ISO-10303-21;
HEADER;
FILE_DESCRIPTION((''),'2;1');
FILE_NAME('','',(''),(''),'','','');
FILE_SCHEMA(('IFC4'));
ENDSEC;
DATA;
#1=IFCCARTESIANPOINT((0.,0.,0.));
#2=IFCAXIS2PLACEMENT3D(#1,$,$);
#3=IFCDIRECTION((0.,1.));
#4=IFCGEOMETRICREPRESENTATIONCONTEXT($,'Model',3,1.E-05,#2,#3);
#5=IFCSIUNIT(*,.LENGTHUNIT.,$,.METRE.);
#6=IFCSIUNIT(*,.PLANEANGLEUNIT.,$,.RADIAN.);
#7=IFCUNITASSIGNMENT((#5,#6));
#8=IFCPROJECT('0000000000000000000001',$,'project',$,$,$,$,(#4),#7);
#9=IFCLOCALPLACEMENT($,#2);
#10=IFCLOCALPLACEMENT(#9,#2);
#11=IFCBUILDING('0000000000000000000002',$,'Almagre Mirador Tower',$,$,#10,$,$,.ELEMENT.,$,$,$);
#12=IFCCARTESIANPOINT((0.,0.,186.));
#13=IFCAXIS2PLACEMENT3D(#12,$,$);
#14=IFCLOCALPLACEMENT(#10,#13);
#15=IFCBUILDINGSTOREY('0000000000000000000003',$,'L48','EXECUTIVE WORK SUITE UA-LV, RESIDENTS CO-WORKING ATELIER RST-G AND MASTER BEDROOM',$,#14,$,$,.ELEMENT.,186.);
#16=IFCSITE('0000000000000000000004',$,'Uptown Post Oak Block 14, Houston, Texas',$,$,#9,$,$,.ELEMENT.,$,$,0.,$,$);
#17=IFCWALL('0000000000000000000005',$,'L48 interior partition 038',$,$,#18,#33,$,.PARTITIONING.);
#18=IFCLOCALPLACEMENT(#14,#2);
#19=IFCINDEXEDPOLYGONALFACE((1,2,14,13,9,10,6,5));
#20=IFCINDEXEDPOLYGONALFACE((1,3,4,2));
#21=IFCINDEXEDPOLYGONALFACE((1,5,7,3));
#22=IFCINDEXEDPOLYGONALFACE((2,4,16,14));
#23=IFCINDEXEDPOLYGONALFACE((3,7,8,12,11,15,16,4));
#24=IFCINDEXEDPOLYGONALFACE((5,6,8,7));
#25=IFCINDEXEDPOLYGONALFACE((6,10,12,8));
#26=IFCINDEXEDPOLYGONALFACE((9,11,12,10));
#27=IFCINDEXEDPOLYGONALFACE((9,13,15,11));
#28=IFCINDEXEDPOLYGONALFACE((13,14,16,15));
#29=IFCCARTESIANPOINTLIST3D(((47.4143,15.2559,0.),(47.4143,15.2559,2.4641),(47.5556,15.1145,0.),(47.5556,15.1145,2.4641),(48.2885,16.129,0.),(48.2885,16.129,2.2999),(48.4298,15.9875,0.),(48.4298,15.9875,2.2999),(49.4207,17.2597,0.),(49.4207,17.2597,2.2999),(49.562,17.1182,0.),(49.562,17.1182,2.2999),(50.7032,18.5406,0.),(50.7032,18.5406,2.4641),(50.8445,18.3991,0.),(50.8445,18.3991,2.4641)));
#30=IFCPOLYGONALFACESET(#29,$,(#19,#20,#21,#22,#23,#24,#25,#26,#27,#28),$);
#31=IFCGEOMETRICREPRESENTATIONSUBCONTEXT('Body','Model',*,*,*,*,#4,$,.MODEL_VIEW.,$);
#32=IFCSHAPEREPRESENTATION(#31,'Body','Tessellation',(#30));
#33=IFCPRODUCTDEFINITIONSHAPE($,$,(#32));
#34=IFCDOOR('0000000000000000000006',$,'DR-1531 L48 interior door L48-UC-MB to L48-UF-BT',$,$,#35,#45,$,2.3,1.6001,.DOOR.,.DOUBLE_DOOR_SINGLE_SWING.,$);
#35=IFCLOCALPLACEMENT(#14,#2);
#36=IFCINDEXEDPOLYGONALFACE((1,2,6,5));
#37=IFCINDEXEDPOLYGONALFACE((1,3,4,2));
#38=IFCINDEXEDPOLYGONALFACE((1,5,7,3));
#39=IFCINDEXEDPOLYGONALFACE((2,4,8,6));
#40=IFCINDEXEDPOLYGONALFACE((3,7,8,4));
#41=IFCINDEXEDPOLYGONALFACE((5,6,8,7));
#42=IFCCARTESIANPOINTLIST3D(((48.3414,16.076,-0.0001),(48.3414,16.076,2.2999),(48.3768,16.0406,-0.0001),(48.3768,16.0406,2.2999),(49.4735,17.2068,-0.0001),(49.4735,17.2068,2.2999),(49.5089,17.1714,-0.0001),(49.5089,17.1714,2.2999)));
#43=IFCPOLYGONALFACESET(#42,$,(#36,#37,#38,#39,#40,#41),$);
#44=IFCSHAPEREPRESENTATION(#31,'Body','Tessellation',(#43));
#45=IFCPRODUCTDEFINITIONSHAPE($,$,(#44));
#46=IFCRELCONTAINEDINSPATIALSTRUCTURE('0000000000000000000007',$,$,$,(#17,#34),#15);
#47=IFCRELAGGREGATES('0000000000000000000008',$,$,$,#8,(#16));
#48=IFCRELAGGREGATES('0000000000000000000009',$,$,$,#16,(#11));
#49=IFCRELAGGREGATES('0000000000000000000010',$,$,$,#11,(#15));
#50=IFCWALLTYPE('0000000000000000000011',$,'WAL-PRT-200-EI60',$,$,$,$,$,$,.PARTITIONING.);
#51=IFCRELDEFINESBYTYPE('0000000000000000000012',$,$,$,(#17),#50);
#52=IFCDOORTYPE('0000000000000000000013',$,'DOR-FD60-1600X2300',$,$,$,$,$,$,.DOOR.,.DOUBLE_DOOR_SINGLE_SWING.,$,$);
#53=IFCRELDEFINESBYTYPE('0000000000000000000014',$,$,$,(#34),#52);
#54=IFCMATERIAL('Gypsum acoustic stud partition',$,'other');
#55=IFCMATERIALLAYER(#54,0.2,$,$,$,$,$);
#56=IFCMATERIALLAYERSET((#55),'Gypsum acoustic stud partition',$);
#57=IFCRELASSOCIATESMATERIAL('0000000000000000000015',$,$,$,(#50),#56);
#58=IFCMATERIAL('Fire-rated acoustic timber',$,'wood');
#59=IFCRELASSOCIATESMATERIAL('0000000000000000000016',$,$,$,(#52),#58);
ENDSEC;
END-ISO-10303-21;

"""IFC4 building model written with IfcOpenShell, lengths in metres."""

from ifc_helpers import new_model, si_unit, direction, frame, frame_2d, origin, place, context, subcontext, project, spatial, rectangle, extrude, material, layer, layer_set, type_object, element, fill, save


model = new_model("IFC4")

# Units and contexts
model_context = context("Model", 3, precision=1e-05, world=origin(), true_north=direction((0.0, 1.0)))
body_context = subcontext(model_context, "Body", "Model", "MODEL_VIEW")
ifc_project = project(units=[si_unit("LENGTHUNIT", "METRE"), si_unit("PLANEANGLEUNIT", "RADIAN")], contexts=[model_context])

# Site, building, storey
site_placement = place(None, origin())
site = spatial("IfcSite", under=ifc_project, at=site_placement, Name="Uptown Post Oak Block 14, Houston, Texas", CompositionType="ELEMENT", RefElevation=0.0)
building_placement = place(site_placement, origin())
building = spatial("IfcBuilding", under=site, at=building_placement, Name="Almagre Mirador Tower", CompositionType="ELEMENT")
storey_placement = place(building_placement, frame((0.0, 0.0, 186.0)))
storey = spatial("IfcBuildingStorey", under=building, at=storey_placement, Name="L48", Description="EXECUTIVE WORK SUITE UA-LV, RESIDENTS CO-WORKING ATELIER RST-G AND MASTER BEDROOM", CompositionType="ELEMENT", Elevation=186.0)

# Shared definitions
ifc_material_1 = material(Name="Gypsum acoustic stud partition", Category="other")
ifc_layer_1 = layer(ifc_material_1, 0.2)
ifc_layer_set_1 = layer_set([ifc_layer_1], Name="Gypsum acoustic stud partition")
wall_type_1 = type_object("IfcWallType", Name="WAL-PRT-200-EI60", PredefinedType="PARTITIONING", material=ifc_layer_set_1)

# Wall, opening, door
wall_1_placement = place(storey_placement, frame((50.7739, 18.47, 0.0), z_axis=(0.0, 0.0, 1.0), x_axis=(-0.707553, -0.70666, 0.0)))
wall_1 = element("IfcWall", 1, at=wall_1_placement, inside=storey, type_object=wall_type_1, Name="L48 interior partition 038", PredefinedType="PARTITIONING", context=body_context, shape_type="SweptSolid", body=[
    extrude(rectangle(XDim=4.6482, YDim=0.2, at=frame_2d((2.3242, 0.0))), origin(), (0.0, 0.0, 1.0), 2.4641),
])
opening_1_placement = place(wall_1_placement, frame((1.8127, 0.0, 0.0)))
opening_1 = element("IfcOpeningElement", 2, at=opening_1_placement, cuts=wall_1, PredefinedType="OPENING", context=body_context, shape_type="SweptSolid", body=[
    extrude(rectangle(XDim=1.6001, YDim=2.3, at=frame_2d((0.8, 1.1499))), frame((0.0, 0.1101, 0.0), z_axis=(0.0, -1.0, 0.0), x_axis=(1.0, 0.0, 0.0)), (0.0, 0.0, 1.0), 0.22),
])
ifc_material_2 = material(Name="Fire-rated acoustic timber", Category="wood")
door_type_1 = type_object("IfcDoorType", Name="DOR-FD60-1600X2300", OperationType="DOUBLE_DOOR_SINGLE_SWING", PredefinedType="DOOR", material=ifc_material_2)
door_1_placement = place(opening_1_placement, origin())
door_1 = element("IfcDoor", 3, at=door_1_placement, inside=storey, type_object=door_type_1, Name="DR-1531 L48 interior door L48-UC-MB to L48-UF-BT", OperationType="DOUBLE_DOOR_SINGLE_SWING", OverallHeight=2.3, OverallWidth=1.6001, PredefinedType="DOOR", context=body_context, shape_type="SweptSolid", body=[
    extrude(rectangle(XDim=1.6001, YDim=2.3, at=frame_2d((0.8, 1.1499))), frame((0.0, 0.0249, 0.0), z_axis=(0.0, -1.0, 0.0), x_axis=(1.0, 0.0, 0.0)), (0.0, 0.0, 1.0), 0.05),
])
fill(opening_1, door_1)

save(model, "model.ifc")
